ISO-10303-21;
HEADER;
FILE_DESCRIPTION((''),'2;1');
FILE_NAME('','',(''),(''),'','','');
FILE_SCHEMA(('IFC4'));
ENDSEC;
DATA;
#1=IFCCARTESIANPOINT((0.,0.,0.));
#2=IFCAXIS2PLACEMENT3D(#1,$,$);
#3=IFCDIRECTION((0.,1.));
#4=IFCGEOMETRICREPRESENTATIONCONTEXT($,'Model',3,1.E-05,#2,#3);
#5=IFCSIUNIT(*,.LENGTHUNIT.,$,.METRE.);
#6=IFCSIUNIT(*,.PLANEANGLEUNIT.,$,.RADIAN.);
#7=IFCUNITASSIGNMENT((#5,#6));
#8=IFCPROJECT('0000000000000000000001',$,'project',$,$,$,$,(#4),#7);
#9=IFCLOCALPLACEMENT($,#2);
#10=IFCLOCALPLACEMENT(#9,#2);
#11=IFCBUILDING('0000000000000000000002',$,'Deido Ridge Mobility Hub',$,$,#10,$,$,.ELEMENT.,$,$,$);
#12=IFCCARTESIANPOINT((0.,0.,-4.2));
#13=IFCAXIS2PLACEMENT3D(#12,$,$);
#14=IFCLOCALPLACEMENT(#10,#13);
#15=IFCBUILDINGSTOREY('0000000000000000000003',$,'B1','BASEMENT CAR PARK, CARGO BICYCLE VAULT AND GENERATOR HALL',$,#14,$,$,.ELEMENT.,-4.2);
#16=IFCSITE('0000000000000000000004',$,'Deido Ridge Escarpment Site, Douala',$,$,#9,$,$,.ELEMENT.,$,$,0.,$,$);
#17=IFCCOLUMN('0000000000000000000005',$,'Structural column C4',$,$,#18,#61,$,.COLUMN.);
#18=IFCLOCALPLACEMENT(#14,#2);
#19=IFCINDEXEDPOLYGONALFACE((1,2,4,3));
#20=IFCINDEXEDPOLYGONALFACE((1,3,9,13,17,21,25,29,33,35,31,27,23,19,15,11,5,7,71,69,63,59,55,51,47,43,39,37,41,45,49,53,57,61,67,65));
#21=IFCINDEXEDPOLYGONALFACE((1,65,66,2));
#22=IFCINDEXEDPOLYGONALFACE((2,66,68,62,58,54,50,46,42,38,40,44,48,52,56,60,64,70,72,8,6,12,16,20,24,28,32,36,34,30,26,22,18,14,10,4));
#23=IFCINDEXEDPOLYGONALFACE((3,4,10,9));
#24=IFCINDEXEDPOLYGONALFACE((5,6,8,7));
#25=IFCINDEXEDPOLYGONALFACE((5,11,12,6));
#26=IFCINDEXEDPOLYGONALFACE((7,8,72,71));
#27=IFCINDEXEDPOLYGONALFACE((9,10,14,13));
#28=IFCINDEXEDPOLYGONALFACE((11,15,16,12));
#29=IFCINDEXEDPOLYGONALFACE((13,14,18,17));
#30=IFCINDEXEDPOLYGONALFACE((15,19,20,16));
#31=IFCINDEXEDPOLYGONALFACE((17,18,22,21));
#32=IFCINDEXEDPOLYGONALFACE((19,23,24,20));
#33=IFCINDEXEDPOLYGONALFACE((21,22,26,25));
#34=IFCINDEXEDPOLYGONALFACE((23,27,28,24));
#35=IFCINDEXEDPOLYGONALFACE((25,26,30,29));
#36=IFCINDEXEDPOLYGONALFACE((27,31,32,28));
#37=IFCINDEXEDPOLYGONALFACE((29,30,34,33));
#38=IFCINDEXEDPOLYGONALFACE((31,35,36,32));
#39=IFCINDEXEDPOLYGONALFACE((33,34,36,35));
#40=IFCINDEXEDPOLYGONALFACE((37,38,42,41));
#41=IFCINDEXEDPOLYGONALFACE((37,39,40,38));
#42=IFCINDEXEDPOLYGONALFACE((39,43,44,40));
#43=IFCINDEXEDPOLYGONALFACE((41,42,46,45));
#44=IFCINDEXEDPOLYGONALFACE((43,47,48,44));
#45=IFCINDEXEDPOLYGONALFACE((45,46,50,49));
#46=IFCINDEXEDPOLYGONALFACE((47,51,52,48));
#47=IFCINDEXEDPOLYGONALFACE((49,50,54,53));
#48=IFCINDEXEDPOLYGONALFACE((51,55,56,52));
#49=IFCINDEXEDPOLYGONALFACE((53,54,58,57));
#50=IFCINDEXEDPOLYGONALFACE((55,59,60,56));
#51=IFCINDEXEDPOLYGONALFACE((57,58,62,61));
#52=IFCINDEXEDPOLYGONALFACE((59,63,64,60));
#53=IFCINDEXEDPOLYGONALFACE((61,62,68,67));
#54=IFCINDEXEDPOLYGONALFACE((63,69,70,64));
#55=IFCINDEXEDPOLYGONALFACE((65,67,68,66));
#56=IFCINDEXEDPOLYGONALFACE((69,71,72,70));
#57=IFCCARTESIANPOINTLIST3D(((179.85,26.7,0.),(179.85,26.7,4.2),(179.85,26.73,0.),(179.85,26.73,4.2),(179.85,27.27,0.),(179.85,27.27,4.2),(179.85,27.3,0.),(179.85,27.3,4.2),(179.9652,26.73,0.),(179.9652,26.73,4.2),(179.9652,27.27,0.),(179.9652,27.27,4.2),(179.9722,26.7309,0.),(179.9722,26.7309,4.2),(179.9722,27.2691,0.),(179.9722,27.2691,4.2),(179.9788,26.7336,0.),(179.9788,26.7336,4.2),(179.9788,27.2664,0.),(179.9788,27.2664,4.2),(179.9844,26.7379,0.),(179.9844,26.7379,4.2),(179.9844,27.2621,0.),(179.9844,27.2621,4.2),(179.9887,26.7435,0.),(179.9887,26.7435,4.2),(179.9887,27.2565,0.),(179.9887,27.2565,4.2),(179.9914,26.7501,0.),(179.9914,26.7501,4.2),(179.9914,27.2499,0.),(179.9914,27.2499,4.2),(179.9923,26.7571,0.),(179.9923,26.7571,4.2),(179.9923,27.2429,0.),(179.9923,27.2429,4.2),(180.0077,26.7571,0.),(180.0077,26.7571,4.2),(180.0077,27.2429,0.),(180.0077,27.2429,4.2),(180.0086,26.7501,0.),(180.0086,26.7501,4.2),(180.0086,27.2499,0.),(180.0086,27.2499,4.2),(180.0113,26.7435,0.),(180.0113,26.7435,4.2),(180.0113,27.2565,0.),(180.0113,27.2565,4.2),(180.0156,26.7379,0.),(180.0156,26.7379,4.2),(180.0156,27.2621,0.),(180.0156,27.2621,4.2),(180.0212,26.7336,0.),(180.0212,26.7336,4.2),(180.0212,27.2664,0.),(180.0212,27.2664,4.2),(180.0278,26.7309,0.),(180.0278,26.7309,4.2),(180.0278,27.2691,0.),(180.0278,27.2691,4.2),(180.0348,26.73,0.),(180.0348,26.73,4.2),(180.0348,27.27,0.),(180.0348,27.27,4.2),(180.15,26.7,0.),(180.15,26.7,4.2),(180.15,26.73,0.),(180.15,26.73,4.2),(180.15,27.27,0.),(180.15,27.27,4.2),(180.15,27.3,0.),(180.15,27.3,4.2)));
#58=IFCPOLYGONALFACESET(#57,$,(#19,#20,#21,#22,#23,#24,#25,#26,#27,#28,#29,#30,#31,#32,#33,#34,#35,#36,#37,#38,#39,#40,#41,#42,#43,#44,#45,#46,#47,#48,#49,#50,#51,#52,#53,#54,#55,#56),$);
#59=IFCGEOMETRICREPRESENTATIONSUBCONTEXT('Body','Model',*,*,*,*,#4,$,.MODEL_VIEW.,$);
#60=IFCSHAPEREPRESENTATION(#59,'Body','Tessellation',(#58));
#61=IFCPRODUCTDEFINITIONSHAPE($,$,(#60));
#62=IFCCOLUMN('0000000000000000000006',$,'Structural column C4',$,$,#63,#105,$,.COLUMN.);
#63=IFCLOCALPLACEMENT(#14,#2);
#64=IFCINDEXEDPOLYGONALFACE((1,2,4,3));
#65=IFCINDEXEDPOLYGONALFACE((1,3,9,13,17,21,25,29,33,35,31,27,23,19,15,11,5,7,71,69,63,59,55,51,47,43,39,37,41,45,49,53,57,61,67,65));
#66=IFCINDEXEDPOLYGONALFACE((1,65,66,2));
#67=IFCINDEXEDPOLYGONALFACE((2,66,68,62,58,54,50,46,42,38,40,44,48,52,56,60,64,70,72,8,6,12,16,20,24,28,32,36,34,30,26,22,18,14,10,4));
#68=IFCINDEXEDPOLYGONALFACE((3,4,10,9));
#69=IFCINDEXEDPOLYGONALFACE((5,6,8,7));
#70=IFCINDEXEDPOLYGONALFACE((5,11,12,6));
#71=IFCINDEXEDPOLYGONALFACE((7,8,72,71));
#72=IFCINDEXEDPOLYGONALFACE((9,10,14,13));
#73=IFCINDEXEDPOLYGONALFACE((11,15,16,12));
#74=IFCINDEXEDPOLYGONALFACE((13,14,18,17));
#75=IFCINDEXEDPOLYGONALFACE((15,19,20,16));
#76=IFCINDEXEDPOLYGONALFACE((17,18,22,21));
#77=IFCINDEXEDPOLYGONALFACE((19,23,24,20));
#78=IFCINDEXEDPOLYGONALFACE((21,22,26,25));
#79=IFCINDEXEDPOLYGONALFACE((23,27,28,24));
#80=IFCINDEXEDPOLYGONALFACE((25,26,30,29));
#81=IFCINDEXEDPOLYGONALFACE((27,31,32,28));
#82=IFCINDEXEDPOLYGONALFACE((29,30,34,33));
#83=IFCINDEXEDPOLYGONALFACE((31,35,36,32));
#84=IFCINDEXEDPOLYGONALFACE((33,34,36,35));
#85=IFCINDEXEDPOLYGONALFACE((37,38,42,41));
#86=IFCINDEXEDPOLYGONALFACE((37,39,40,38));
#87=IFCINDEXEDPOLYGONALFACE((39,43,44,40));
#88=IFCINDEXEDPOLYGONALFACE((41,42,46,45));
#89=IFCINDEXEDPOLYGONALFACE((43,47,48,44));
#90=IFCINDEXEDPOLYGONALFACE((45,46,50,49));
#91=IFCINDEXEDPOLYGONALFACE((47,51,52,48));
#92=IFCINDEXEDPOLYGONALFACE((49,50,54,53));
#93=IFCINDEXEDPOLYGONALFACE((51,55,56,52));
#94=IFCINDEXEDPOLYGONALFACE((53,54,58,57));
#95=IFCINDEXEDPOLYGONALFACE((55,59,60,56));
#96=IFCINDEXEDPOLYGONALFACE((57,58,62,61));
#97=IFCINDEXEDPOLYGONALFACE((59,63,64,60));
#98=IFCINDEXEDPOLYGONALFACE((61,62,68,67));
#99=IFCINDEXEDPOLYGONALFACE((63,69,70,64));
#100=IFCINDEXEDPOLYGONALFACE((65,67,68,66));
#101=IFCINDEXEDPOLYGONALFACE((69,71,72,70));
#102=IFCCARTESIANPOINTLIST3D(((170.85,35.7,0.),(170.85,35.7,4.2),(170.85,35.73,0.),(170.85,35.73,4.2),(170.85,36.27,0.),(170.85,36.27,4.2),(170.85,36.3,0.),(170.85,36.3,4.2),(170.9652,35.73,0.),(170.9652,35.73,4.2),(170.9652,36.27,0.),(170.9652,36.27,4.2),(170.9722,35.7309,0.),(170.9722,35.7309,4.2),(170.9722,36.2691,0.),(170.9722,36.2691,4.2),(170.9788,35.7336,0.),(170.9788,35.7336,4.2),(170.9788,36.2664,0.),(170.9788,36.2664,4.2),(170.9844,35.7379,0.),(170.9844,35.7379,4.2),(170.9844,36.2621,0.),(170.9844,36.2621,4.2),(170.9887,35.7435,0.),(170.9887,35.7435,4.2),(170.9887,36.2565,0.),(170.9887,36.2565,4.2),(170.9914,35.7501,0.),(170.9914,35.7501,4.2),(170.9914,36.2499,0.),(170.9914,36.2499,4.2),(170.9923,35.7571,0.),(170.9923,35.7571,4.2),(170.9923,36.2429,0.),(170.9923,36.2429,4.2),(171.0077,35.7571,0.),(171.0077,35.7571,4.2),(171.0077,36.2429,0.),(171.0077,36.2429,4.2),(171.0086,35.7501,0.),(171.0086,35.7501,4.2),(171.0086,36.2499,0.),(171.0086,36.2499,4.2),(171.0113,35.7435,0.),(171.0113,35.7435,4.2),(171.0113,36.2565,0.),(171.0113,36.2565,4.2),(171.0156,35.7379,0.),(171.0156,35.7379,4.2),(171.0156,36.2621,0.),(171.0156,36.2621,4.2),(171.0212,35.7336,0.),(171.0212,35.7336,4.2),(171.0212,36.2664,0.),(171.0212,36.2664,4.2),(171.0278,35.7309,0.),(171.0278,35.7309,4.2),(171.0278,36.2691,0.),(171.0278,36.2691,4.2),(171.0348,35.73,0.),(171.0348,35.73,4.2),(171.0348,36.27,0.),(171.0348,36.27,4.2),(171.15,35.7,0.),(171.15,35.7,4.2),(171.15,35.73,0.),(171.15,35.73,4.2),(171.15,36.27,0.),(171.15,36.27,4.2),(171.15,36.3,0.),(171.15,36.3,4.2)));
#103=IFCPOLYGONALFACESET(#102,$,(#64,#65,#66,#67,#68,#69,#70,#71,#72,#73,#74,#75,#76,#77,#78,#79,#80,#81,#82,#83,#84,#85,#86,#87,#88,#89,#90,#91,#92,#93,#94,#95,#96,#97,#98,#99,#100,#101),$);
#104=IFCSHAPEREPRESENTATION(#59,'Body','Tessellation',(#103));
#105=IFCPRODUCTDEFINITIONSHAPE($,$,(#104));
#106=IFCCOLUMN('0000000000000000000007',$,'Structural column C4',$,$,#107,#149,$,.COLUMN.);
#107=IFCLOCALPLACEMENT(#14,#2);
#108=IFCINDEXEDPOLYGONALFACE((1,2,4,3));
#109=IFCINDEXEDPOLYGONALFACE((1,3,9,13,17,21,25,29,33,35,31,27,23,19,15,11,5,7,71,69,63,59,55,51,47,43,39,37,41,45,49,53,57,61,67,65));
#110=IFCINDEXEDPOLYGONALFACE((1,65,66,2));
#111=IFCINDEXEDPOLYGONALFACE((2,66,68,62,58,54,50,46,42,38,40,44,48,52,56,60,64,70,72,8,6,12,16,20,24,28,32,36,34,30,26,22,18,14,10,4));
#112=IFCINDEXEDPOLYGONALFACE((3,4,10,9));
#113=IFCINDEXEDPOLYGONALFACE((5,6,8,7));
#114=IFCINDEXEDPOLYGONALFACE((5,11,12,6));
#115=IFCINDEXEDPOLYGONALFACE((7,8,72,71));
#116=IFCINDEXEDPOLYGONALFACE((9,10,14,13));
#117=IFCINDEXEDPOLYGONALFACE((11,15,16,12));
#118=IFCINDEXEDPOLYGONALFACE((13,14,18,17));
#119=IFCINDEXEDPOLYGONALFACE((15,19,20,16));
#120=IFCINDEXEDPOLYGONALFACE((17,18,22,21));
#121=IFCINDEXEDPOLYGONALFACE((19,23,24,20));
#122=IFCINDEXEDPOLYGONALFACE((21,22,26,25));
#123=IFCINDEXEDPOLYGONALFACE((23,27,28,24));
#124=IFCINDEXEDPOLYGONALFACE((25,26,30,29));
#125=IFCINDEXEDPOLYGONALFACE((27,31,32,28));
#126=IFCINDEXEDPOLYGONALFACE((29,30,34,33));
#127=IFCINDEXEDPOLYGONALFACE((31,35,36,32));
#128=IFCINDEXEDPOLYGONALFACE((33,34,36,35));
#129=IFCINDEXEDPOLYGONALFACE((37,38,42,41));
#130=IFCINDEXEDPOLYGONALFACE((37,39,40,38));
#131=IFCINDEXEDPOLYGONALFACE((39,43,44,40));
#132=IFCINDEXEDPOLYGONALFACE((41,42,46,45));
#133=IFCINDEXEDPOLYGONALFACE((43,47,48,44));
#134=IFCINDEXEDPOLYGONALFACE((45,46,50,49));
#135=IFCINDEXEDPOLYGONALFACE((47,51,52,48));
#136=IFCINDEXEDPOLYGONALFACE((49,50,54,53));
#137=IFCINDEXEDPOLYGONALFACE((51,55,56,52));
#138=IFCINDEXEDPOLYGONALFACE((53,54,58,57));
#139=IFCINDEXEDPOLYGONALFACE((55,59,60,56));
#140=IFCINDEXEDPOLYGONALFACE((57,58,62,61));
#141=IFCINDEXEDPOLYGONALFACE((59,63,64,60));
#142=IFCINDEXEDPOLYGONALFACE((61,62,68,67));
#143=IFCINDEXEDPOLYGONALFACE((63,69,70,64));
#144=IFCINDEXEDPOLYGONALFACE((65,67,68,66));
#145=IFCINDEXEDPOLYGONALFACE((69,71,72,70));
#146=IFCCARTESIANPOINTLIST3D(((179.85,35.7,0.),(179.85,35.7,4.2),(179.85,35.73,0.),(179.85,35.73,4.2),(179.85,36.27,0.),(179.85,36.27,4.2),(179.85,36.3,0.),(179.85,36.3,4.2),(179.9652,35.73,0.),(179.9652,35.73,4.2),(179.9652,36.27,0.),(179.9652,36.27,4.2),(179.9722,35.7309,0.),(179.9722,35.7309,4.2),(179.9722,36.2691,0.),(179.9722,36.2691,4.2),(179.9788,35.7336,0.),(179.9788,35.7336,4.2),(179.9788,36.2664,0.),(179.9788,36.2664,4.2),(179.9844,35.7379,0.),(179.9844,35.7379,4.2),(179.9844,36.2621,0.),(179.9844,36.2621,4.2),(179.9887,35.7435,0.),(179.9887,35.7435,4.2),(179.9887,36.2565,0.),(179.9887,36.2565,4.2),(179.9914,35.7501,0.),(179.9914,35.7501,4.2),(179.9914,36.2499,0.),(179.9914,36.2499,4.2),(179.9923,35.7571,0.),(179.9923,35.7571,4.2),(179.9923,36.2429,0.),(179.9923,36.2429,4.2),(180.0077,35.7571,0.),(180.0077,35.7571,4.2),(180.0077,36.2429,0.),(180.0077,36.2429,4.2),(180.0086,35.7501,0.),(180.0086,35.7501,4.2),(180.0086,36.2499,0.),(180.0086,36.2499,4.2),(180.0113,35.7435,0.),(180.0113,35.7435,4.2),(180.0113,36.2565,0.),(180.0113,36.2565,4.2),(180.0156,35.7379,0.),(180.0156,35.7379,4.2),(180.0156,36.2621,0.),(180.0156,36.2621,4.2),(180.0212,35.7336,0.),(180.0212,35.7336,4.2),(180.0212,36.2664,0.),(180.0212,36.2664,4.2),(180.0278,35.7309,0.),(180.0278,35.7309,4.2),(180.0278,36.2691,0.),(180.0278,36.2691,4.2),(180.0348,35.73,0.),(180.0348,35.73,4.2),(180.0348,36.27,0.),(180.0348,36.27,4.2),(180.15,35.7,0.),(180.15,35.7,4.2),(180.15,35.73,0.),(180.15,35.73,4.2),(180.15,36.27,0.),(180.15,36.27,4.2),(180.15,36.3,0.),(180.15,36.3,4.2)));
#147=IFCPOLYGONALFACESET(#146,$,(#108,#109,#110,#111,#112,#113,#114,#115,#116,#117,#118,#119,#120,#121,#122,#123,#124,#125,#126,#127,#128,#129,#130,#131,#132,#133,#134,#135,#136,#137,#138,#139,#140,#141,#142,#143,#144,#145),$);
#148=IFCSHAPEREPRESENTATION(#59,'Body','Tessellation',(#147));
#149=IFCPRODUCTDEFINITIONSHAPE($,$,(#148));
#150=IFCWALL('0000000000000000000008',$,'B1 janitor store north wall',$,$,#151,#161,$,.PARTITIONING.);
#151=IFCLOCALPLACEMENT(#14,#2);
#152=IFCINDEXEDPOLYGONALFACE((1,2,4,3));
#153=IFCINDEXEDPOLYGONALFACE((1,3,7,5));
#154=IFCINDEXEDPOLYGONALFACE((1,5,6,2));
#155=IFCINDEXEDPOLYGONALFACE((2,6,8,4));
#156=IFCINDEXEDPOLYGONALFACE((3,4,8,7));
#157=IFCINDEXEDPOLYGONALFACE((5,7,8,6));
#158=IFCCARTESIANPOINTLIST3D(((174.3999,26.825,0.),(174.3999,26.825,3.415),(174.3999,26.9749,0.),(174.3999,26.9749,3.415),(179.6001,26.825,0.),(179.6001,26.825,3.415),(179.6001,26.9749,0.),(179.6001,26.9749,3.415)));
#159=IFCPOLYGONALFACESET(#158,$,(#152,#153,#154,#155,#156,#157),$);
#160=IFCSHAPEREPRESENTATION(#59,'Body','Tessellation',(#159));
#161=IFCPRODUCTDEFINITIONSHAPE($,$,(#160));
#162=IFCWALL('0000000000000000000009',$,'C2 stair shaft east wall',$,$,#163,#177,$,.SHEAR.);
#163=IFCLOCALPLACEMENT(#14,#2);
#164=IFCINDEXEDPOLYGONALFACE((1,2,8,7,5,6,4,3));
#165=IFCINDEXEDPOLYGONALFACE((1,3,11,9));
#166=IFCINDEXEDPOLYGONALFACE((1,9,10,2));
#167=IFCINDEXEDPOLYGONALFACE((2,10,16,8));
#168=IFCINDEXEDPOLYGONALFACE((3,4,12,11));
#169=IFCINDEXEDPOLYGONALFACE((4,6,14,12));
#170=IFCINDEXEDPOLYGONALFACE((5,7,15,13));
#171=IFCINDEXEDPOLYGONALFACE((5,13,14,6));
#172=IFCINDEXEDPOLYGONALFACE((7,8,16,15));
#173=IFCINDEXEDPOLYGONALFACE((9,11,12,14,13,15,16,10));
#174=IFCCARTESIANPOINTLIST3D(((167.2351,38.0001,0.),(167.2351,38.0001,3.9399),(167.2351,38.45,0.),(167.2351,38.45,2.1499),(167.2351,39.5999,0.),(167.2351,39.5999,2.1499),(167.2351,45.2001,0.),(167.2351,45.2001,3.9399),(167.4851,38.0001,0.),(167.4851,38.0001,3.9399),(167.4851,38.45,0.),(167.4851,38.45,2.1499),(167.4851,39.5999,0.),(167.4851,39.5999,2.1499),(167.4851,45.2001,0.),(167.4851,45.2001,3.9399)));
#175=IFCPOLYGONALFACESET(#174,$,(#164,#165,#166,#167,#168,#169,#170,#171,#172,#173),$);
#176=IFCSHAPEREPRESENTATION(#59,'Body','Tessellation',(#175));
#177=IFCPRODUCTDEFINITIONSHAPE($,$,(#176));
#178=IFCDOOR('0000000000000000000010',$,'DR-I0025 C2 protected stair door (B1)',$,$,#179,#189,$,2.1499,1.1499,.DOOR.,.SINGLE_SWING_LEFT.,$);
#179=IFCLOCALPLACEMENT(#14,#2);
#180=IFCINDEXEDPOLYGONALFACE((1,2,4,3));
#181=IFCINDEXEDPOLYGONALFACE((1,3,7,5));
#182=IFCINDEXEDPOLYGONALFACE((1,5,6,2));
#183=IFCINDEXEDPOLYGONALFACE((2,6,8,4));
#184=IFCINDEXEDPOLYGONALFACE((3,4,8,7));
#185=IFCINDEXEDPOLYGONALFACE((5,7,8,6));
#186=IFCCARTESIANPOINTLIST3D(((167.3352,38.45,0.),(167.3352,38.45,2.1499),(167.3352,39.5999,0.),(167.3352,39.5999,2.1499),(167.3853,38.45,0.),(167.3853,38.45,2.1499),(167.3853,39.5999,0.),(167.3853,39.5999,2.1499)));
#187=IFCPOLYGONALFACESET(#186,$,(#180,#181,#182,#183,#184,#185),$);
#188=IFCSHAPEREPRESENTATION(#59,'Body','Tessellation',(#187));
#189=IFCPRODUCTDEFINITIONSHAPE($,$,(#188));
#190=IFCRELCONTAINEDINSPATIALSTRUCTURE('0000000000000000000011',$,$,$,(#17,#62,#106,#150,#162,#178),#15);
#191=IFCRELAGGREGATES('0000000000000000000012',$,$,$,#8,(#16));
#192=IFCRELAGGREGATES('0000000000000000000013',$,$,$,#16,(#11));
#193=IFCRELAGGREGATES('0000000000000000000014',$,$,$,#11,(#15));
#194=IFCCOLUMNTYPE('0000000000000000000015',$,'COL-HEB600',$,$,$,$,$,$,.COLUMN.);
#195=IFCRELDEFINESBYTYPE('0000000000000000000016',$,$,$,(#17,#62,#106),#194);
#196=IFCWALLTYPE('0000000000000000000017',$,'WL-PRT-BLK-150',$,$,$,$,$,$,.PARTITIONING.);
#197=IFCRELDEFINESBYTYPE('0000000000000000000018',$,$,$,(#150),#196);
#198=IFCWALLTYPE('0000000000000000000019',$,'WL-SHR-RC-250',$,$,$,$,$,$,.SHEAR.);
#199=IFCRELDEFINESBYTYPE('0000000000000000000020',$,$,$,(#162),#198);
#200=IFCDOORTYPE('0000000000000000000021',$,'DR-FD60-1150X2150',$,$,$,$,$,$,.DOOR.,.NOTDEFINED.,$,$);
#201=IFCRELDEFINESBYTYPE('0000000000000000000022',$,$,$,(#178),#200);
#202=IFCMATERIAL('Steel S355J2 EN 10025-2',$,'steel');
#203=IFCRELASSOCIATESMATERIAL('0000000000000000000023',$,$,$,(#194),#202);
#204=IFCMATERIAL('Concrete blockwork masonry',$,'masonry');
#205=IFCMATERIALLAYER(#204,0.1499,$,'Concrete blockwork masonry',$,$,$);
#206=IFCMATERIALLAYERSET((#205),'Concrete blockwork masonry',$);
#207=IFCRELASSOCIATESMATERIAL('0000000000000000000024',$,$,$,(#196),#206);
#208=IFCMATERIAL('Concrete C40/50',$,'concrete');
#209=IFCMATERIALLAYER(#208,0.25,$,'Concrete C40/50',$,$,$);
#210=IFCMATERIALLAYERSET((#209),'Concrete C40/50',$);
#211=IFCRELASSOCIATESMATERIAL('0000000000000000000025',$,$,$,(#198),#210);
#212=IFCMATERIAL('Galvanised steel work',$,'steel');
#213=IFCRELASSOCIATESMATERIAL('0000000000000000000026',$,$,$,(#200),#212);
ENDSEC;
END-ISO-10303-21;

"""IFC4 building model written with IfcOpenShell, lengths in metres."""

from ifc_helpers import new_model, si_unit, direction, frame, frame_2d, origin, origin_2d, place, context, subcontext, project, spatial, rectangle, i_section, extrude, material, layer, layer_set, material_profile, profile_set, type_object, element, fill, save


model = new_model("IFC4")

# Units and contexts
model_context = context("Model", 3, precision=1e-05, world=origin(), true_north=direction((0.0, 1.0)))
body_context = subcontext(model_context, "Body", "Model", "MODEL_VIEW")
ifc_project = project(units=[si_unit("LENGTHUNIT", "METRE"), si_unit("PLANEANGLEUNIT", "RADIAN")], contexts=[model_context])

# Site, building, storey
site_placement = place(None, origin())
site = spatial("IfcSite", under=ifc_project, at=site_placement, Name="Deido Ridge Escarpment Site, Douala", CompositionType="ELEMENT", RefElevation=0.0)
building_placement = place(site_placement, origin())
building = spatial("IfcBuilding", under=site, at=building_placement, Name="Deido Ridge Mobility Hub", CompositionType="ELEMENT")
storey_placement = place(building_placement, frame((0.0, 0.0, -4.2)))
storey = spatial("IfcBuildingStorey", under=building, at=storey_placement, Name="B1", Description="BASEMENT CAR PARK, CARGO BICYCLE VAULT AND GENERATOR HALL", CompositionType="ELEMENT", Elevation=-4.2)

# Shared definitions
ifc_material_1 = material(Name="Concrete C40/50", Category="concrete")

# Columns
ifc_material_2 = material(Name="Steel S355J2 EN 10025-2", Category="steel")
ifc_material_profile_1 = material_profile(ifc_material_2, i_section(OverallWidth=0.3, OverallDepth=0.6001, WebThickness=0.0154, FlangeThickness=0.03, FilletRadius=0.0271, at=origin_2d()), Name="HEB 600")
ifc_profile_set_1 = profile_set([ifc_material_profile_1], Name="Steel S355J2 EN 10025-2")
column_type = type_object("IfcColumnType", Name="COL-HEB600", PredefinedType="COLUMN", material=ifc_profile_set_1)
for number, where, z_axis, x_axis, name in (
    (1, (180.0, 27.0, 0.0), (0.0, 0.0, 1.0), (1.0, 0.0, 0.0), "Structural column C4"),
    (2, (171.0, 36.0, 0.0), (0.0, 0.0, 1.0), (1.0, 0.0, 0.0), "Structural column C4"),
    (3, (180.0, 36.0, 0.0), (0.0, 0.0, 1.0), (1.0, 0.0, 0.0), "Structural column C4"),
):
    element("IfcColumn", number, at=place(storey_placement, frame(where, z_axis=z_axis, x_axis=x_axis)), inside=storey, type_object=column_type, Name=name, PredefinedType="COLUMN", context=body_context, shape_type="SweptSolid", body=[
        extrude(i_section(OverallWidth=0.3, OverallDepth=0.6001, WebThickness=0.0154, FlangeThickness=0.03, FilletRadius=0.0271, at=origin_2d()), origin(), (0.0, 0.0, 1.0), 4.2),
    ])

# Wall
ifc_material_3 = material(Name="Concrete blockwork masonry", Category="masonry")
ifc_layer_1 = layer(ifc_material_3, 0.1499, Name="Concrete blockwork masonry")
ifc_layer_set_1 = layer_set([ifc_layer_1], Name="Concrete blockwork masonry")
wall_type_1 = type_object("IfcWallType", Name="WL-PRT-BLK-150", PredefinedType="PARTITIONING", material=ifc_layer_set_1)
wall_1_placement = place(storey_placement, frame((174.3999, 26.8999, 0.0), z_axis=(0.0, 0.0, 1.0), x_axis=(1.0, 0.0, 0.0)))
element("IfcWall", 4, at=wall_1_placement, inside=storey, type_object=wall_type_1, Name="B1 janitor store north wall", PredefinedType="PARTITIONING", context=body_context, shape_type="SweptSolid", body=[
    extrude(rectangle(XDim=5.2002, YDim=0.1499, at=frame_2d((2.6001, 0.0))), origin(), (0.0, 0.0, 1.0), 3.415),
])

# Wall, opening, door
ifc_layer_2 = layer(ifc_material_1, 0.25, Name="Concrete C40/50")
ifc_layer_set_2 = layer_set([ifc_layer_2], Name="Concrete C40/50")
wall_type_2 = type_object("IfcWallType", Name="WL-SHR-RC-250", PredefinedType="SHEAR", material=ifc_layer_set_2)
wall_2_placement = place(storey_placement, frame((167.3601, 38.0, 0.0), z_axis=(0.0, 0.0, 1.0), x_axis=(0.0, 1.0, 0.0)))
wall_2 = element("IfcWall", 5, at=wall_2_placement, inside=storey, type_object=wall_type_2, Name="C2 stair shaft east wall", PredefinedType="SHEAR", context=body_context, shape_type="SweptSolid", body=[
    extrude(rectangle(XDim=7.2, YDim=0.25, at=frame_2d((3.6001, 0.0))), origin(), (0.0, 0.0, 1.0), 3.9399),
])
opening_placement = place(wall_2_placement, frame((0.45, 0.0, 0.0)))
opening = element("IfcOpeningElement", 6, at=opening_placement, cuts=wall_2, PredefinedType="OPENING", context=body_context, shape_type="SweptSolid", body=[
    extrude(rectangle(XDim=1.1499, YDim=2.1499, at=frame_2d((0.575, 1.075))), frame((0.0, 0.135, 0.0), z_axis=(0.0, -1.0, 0.0), x_axis=(1.0, 0.0, 0.0)), (0.0, 0.0, 1.0), 0.27),
])
ifc_material_4 = material(Name="Galvanised steel work", Category="steel")
door_type = type_object("IfcDoorType", Name="DR-FD60-1150X2150", OperationType="NOTDEFINED", PredefinedType="DOOR", material=ifc_material_4)
door_placement = place(opening_placement, origin())
door = element("IfcDoor", 7, at=door_placement, inside=storey, type_object=door_type, Name="DR-I0025 C2 protected stair door (B1)", OperationType="SINGLE_SWING_LEFT", OverallHeight=2.1499, OverallWidth=1.1499, PredefinedType="DOOR", context=body_context, shape_type="SweptSolid", body=[
    extrude(rectangle(XDim=1.1499, YDim=2.1499, at=frame_2d((0.575, 1.075))), frame((0.0, 0.0249, 0.0), z_axis=(0.0, -1.0, 0.0), x_axis=(1.0, 0.0, 0.0)), (0.0, 0.0, 1.0), 0.05),
])
fill(opening, door)

save(model, "model.ifc")
